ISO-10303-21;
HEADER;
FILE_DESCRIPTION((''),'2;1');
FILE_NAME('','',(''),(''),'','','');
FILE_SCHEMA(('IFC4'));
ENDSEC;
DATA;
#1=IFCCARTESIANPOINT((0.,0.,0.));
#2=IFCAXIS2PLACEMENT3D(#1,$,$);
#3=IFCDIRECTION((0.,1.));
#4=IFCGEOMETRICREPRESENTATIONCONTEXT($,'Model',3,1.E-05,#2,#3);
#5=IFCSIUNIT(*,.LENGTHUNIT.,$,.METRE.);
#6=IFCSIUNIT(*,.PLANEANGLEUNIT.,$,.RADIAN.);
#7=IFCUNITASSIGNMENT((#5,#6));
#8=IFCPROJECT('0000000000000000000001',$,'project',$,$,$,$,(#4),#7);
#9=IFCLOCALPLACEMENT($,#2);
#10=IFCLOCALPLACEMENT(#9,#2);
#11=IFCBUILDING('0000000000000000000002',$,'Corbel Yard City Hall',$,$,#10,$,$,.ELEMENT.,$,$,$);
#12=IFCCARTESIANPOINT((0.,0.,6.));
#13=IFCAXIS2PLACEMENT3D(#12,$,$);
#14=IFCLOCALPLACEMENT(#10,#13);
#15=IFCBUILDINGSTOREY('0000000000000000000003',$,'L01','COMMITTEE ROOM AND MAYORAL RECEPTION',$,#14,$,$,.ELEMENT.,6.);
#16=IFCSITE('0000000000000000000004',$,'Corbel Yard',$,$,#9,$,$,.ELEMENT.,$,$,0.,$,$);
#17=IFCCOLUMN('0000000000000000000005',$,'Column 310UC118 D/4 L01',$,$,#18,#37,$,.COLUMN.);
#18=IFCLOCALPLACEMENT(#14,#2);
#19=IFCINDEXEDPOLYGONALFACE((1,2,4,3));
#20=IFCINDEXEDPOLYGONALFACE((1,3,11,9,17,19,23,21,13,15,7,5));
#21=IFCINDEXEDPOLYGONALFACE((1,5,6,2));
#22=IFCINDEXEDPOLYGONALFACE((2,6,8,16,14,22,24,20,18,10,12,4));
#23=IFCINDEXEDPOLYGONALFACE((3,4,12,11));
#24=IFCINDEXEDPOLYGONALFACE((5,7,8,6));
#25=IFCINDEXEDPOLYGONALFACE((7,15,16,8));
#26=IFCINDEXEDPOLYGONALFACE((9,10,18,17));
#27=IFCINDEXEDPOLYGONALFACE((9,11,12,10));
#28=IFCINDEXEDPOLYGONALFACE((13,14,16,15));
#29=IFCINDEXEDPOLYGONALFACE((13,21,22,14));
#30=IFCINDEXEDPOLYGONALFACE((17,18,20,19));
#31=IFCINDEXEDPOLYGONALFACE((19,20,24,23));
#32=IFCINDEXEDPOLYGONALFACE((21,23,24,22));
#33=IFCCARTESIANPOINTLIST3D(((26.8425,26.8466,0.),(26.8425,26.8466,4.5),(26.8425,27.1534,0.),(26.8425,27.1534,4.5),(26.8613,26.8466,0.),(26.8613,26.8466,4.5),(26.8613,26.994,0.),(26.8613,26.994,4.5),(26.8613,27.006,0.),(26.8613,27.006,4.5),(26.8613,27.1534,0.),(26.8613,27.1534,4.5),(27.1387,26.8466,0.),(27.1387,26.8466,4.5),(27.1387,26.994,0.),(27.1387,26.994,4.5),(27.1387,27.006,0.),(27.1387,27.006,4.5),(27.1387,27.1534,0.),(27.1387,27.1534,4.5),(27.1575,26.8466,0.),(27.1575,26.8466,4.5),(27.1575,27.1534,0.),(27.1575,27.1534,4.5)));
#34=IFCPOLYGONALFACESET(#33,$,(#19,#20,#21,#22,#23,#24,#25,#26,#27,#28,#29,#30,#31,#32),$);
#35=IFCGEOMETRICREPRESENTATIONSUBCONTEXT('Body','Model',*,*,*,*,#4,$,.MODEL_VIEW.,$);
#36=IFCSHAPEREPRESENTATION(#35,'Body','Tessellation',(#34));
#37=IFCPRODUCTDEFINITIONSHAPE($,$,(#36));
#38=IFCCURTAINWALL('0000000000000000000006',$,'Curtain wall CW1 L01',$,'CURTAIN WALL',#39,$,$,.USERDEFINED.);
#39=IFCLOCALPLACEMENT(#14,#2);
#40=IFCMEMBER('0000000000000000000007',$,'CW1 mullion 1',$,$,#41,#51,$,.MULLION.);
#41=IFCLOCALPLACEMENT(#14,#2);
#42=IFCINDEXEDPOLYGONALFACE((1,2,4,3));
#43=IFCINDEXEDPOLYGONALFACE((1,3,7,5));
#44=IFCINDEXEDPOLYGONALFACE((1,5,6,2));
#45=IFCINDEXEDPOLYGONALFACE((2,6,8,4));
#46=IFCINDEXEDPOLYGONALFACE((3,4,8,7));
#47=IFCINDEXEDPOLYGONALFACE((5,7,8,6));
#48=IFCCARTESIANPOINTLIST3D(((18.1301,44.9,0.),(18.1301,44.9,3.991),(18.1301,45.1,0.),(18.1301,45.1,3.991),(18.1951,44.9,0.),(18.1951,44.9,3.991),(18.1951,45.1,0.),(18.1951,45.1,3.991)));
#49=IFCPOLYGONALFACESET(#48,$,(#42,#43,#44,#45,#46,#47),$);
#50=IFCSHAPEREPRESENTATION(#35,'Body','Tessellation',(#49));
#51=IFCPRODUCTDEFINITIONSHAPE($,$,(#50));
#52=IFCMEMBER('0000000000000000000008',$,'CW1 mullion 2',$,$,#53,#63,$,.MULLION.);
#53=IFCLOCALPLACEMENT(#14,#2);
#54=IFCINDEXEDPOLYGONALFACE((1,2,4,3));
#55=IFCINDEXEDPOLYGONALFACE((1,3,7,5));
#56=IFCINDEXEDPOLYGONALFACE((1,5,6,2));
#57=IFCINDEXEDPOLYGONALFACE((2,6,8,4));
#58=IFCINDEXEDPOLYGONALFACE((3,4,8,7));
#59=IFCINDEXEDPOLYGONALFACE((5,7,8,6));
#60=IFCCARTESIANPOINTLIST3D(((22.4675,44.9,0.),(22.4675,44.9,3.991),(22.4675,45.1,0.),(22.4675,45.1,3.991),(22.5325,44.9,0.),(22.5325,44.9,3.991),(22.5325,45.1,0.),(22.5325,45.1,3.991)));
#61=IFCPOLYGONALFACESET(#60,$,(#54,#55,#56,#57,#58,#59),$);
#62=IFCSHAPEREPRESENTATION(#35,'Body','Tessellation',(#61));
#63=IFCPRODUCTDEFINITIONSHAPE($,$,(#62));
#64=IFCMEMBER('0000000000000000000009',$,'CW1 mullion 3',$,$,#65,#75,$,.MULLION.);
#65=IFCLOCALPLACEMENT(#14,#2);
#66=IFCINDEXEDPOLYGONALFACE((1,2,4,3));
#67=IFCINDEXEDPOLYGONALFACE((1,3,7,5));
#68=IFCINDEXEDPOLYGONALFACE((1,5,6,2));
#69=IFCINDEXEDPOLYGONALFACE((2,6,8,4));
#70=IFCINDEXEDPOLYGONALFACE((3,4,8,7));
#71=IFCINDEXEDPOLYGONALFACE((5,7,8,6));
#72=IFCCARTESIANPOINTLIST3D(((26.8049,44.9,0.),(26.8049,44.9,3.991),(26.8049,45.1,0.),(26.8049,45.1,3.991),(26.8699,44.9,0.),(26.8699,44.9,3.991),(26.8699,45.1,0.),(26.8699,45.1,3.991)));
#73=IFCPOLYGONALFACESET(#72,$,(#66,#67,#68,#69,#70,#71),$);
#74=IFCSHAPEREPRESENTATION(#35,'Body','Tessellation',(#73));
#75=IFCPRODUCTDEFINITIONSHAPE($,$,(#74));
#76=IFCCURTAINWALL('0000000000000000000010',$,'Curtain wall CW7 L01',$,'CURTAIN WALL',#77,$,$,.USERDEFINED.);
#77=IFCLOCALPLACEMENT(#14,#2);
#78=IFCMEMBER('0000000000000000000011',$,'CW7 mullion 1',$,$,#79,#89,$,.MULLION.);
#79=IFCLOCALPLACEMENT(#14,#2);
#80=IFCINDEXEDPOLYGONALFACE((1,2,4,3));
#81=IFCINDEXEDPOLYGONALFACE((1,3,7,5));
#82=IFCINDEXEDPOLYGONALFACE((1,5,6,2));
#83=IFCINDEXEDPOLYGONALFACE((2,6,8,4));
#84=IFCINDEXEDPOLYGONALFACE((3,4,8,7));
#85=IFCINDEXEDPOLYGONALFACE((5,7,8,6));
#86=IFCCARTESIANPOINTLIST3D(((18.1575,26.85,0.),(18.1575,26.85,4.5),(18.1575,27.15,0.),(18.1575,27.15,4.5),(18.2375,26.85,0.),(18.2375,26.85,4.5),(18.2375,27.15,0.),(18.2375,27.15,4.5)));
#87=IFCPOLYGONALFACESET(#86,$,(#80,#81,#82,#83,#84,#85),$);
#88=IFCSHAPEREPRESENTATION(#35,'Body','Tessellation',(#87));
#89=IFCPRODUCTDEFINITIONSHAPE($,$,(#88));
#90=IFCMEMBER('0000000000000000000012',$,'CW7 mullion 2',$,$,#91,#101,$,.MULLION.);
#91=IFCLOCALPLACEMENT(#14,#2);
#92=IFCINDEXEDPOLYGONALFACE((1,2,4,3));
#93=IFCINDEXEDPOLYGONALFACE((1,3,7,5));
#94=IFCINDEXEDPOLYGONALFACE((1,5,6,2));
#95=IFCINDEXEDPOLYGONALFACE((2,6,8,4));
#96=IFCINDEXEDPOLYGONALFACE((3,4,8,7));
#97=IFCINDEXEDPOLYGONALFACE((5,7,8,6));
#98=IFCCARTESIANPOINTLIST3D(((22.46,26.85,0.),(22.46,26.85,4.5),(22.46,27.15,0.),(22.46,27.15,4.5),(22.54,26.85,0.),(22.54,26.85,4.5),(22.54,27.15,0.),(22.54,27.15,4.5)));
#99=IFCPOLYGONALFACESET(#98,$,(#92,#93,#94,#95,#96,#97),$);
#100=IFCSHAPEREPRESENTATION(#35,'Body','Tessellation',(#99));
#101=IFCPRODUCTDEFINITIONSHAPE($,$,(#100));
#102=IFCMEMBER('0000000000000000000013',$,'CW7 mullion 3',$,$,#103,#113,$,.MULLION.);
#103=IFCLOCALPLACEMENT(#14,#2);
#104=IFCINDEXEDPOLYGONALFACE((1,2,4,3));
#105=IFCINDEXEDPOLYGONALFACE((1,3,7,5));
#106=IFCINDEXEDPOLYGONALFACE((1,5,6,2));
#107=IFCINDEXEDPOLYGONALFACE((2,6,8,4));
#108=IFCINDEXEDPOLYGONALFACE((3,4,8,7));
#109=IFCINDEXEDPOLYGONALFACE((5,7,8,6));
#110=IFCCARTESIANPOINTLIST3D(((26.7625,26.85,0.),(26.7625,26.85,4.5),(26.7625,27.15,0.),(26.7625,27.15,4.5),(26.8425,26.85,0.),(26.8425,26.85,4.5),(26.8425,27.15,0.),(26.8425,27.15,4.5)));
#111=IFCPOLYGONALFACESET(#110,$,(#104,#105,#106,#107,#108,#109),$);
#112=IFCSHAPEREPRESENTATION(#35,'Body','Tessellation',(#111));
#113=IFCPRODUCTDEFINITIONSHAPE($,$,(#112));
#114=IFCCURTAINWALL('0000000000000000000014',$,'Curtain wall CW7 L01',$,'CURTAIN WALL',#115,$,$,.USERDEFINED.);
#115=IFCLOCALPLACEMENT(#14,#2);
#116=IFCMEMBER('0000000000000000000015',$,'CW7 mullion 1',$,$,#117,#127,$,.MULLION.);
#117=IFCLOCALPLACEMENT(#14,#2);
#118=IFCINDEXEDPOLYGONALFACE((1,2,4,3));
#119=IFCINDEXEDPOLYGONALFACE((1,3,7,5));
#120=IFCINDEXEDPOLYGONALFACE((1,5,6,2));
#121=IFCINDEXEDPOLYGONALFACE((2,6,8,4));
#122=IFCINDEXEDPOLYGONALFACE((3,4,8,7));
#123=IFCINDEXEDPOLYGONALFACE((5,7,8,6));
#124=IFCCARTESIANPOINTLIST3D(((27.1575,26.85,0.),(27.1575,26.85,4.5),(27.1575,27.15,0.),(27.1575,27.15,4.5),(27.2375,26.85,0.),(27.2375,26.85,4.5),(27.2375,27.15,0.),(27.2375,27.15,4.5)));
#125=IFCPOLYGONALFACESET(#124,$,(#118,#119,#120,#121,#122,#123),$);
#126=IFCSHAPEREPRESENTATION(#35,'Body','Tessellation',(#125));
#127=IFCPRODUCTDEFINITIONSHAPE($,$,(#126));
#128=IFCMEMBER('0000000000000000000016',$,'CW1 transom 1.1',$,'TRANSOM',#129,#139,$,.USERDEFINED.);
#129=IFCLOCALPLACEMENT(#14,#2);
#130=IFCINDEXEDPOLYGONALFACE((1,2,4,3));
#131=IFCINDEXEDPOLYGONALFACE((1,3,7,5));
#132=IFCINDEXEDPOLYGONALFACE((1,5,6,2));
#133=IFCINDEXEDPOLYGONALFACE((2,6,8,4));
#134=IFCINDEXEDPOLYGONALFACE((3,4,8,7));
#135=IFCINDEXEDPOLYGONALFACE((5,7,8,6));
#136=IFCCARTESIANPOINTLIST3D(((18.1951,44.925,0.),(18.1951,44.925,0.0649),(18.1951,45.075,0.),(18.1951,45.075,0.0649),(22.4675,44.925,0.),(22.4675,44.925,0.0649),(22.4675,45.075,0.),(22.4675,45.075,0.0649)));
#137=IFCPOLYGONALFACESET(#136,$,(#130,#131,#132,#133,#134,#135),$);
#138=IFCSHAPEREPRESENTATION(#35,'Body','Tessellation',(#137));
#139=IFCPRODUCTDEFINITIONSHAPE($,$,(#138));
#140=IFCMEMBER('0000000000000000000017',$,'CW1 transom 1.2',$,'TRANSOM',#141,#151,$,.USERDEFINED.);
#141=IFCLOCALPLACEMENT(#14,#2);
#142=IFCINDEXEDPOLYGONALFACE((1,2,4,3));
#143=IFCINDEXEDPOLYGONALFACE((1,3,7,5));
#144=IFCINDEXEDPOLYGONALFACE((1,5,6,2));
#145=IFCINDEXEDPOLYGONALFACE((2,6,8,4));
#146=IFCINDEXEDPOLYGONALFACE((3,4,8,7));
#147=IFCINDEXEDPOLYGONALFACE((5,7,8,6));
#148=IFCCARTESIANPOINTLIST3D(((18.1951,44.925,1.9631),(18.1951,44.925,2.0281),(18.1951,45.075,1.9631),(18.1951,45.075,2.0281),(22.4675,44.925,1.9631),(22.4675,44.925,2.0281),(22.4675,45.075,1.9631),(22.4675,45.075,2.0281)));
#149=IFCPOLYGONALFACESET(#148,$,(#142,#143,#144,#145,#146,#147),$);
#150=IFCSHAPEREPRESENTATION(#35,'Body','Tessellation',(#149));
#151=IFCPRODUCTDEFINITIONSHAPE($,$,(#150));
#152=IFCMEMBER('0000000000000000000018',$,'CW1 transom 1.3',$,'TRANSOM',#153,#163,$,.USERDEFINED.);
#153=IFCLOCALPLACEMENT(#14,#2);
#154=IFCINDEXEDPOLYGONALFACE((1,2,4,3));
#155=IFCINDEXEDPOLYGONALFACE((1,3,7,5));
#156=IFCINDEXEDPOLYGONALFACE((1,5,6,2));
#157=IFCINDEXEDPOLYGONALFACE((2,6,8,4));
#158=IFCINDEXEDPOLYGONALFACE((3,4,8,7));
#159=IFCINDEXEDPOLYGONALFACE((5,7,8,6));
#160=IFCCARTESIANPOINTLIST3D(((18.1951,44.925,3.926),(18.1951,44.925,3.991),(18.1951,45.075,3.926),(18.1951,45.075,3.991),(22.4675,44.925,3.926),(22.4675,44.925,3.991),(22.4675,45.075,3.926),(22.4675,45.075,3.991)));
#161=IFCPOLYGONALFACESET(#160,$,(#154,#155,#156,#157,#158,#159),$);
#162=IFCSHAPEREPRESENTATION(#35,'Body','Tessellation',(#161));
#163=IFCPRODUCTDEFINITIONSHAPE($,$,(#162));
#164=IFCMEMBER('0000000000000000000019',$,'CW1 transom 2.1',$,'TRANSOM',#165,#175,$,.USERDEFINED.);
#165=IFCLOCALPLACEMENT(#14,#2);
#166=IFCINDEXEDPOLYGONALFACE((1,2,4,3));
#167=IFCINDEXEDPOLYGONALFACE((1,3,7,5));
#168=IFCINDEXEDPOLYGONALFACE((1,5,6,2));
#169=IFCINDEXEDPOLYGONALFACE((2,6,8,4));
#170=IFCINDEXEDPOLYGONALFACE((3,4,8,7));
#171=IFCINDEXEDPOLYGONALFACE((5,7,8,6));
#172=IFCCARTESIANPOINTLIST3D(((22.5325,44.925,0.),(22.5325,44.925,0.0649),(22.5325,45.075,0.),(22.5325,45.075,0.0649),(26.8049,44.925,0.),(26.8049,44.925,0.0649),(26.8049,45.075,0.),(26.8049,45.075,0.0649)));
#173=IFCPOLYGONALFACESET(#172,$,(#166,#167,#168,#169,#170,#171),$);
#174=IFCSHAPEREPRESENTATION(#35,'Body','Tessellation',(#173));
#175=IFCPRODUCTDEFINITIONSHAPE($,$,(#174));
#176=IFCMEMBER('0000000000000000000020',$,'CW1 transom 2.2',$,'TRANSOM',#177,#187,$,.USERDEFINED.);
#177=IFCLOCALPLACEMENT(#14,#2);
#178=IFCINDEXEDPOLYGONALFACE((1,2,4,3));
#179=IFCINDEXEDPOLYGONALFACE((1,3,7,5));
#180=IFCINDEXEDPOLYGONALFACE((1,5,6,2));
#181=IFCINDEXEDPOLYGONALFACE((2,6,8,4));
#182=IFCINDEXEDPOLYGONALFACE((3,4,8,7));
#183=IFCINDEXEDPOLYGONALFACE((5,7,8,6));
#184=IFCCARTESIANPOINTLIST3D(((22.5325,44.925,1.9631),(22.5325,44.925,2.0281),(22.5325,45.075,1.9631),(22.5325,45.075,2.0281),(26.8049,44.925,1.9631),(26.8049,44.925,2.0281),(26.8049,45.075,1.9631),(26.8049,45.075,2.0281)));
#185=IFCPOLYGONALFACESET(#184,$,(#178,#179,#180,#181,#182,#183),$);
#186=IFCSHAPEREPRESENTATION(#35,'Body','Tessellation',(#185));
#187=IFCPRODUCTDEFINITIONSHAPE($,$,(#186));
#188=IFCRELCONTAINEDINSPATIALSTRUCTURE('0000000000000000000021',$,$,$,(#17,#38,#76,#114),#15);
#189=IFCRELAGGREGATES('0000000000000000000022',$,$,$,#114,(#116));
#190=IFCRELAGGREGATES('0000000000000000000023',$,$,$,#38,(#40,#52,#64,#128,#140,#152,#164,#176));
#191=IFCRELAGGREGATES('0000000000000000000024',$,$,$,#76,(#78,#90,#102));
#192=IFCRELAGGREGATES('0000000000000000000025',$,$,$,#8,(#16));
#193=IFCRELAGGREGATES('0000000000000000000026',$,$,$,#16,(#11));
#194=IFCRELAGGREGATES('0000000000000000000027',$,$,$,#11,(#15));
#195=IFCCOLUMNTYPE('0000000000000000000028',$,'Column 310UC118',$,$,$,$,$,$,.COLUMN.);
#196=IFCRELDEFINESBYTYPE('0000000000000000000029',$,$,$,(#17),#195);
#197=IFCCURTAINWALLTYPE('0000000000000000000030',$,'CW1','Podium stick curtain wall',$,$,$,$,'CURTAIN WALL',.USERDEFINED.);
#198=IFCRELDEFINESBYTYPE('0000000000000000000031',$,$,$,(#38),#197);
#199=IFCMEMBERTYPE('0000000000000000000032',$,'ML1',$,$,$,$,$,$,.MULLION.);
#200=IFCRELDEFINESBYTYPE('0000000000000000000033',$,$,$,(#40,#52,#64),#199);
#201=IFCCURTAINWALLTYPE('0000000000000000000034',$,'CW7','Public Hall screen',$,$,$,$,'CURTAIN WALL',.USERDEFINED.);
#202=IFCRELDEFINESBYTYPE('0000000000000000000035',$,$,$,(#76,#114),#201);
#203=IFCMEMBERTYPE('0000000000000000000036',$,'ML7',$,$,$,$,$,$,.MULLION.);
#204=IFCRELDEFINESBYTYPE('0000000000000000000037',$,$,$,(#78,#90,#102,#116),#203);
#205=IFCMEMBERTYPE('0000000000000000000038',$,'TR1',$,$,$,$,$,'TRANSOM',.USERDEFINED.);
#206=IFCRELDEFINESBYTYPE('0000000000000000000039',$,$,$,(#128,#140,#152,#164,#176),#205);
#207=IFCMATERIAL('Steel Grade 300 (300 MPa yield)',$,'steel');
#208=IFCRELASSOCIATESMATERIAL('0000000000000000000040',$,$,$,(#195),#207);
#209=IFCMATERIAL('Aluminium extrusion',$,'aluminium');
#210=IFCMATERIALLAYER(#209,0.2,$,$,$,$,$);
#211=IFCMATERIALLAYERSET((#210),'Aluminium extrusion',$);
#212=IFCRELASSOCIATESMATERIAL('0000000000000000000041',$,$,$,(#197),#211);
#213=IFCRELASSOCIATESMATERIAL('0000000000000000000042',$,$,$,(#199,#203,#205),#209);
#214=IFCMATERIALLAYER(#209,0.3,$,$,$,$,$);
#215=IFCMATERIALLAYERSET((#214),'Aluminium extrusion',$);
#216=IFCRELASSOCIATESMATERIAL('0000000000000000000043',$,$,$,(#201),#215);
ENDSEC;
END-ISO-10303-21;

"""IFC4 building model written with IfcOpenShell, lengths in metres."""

from ifc_helpers import new_model, si_unit, direction, frame, origin, origin_2d, place, context, subcontext, project, spatial, rectangle, i_section, extrude, material, layer, layer_set, material_profile, profile_set, type_object, element, aggregate, save


model = new_model("IFC4")

# Units and contexts
model_context = context("Model", 3, precision=1e-05, world=origin(), true_north=direction((0.0, 1.0)))
body_context = subcontext(model_context, "Body", "Model", "MODEL_VIEW")
ifc_project = project(units=[si_unit("LENGTHUNIT", "METRE"), si_unit("PLANEANGLEUNIT", "RADIAN")], contexts=[model_context])

# Site, building, storey
site_placement = place(None, origin())
site = spatial("IfcSite", under=ifc_project, at=site_placement, Name="Corbel Yard", CompositionType="ELEMENT", RefElevation=0.0)
building_placement = place(site_placement, origin())
building = spatial("IfcBuilding", under=site, at=building_placement, Name="Corbel Yard City Hall", CompositionType="ELEMENT")
storey_placement = place(building_placement, frame((0.0, 0.0, 6.0)))
storey = spatial("IfcBuildingStorey", under=building, at=storey_placement, Name="L01", Description="COMMITTEE ROOM AND MAYORAL RECEPTION", CompositionType="ELEMENT", Elevation=6.0)

# Column
ifc_material_1 = material(Name="Steel Grade 300 (300 MPa yield)", Category="steel")
ifc_material_profile_1 = material_profile(ifc_material_1, i_section(OverallWidth=0.3069, OverallDepth=0.3149, WebThickness=0.012, FlangeThickness=0.0188, at=origin_2d()), Name="310UC118")
ifc_profile_set_1 = profile_set([ifc_material_profile_1], Name="Steel Grade 300 (300 MPa yield)")
column_type = type_object("IfcColumnType", Name="Column 310UC118", PredefinedType="COLUMN", material=ifc_profile_set_1)
column_placement = place(storey_placement, frame((27.0, 27.0, 0.0), z_axis=(0.0, 0.0, 1.0), x_axis=(0.0, 1.0, 0.0)))
element("IfcColumn", 1, at=column_placement, inside=storey, type_object=column_type, Name="Column 310UC118 D/4 L01", PredefinedType="COLUMN", context=body_context, shape_type="SweptSolid", body=[
    extrude(i_section(OverallWidth=0.3069, OverallDepth=0.3149, WebThickness=0.012, FlangeThickness=0.0188, at=origin_2d()), origin(), (0.0, 0.0, 1.0), 4.5),
])

# Curtain walls, members
ifc_material_2 = material(Name="Aluminium extrusion", Category="aluminium")
ifc_layer_1 = layer(ifc_material_2, 0.2)
ifc_layer_set_1 = layer_set([ifc_layer_1], Name="Aluminium extrusion")
curtain_wall_type_1 = type_object("IfcCurtainWallType", Name="CW1", Description="Podium stick curtain wall", ElementType="CURTAIN WALL", PredefinedType="USERDEFINED", material=ifc_layer_set_1)
curtain_wall_1_placement = place(storey_placement, origin())
curtain_wall_1 = element("IfcCurtainWall", 2, at=curtain_wall_1_placement, inside=storey, type_object=curtain_wall_type_1, Name="Curtain wall CW1 L01", ObjectType="CURTAIN WALL", PredefinedType="USERDEFINED")
ifc_material_profile_2 = material_profile(ifc_material_2, rectangle(XDim=0.2, YDim=0.0649, at=origin_2d()), Name="200x65")
ifc_profile_set_2 = profile_set([ifc_material_profile_2], Name="Aluminium extrusion")
member_type_1 = type_object("IfcMemberType", Name="ML1", PredefinedType="MULLION", material=ifc_profile_set_2)
member_1_placement = place(storey_placement, frame((18.1626, 45.0, 0.0), z_axis=(0.0, 0.0, 1.0), x_axis=(0.0, 1.0, 0.0)))
member_1 = element("IfcMember", 3, at=member_1_placement, type_object=member_type_1, Name="CW1 mullion 1", PredefinedType="MULLION", context=body_context, shape_type="SweptSolid", body=[
    extrude(rectangle(XDim=0.2, YDim=0.0649, at=origin_2d()), origin(), (0.0, 0.0, 1.0), 3.991),
])
member_2_placement = place(storey_placement, frame((22.5, 45.0, 0.0), z_axis=(0.0, 0.0, 1.0), x_axis=(0.0, 1.0, 0.0)))
member_2 = element("IfcMember", 4, at=member_2_placement, type_object=member_type_1, Name="CW1 mullion 2", PredefinedType="MULLION", context=body_context, shape_type="SweptSolid", body=[
    extrude(rectangle(XDim=0.2, YDim=0.0649, at=origin_2d()), origin(), (0.0, 0.0, 1.0), 3.991),
])
member_3_placement = place(storey_placement, frame((26.8374, 45.0, 0.0), z_axis=(0.0, 0.0, 1.0), x_axis=(0.0, 1.0, 0.0)))
member_3 = element("IfcMember", 5, at=member_3_placement, type_object=member_type_1, Name="CW1 mullion 3", PredefinedType="MULLION", context=body_context, shape_type="SweptSolid", body=[
    extrude(rectangle(XDim=0.2, YDim=0.0649, at=origin_2d()), origin(), (0.0, 0.0, 1.0), 3.991),
])
ifc_layer_2 = layer(ifc_material_2, 0.3)
ifc_layer_set_2 = layer_set([ifc_layer_2], Name="Aluminium extrusion")
curtain_wall_type_2 = type_object("IfcCurtainWallType", Name="CW7", Description="Public Hall screen", ElementType="CURTAIN WALL", PredefinedType="USERDEFINED", material=ifc_layer_set_2)
curtain_wall_2_placement = place(storey_placement, origin())
curtain_wall_2 = element("IfcCurtainWall", 6, at=curtain_wall_2_placement, inside=storey, type_object=curtain_wall_type_2, Name="Curtain wall CW7 L01", ObjectType="CURTAIN WALL", PredefinedType="USERDEFINED")
ifc_material_profile_3 = material_profile(ifc_material_2, rectangle(XDim=0.3, YDim=0.0801, at=origin_2d()), Name="300x80")
ifc_profile_set_3 = profile_set([ifc_material_profile_3], Name="Aluminium extrusion")
member_type_2 = type_object("IfcMemberType", Name="ML7", PredefinedType="MULLION", material=ifc_profile_set_3)
member_4_placement = place(storey_placement, frame((18.1975, 27.0, 0.0), z_axis=(0.0, 0.0, 1.0), x_axis=(0.0, 1.0, 0.0)))
member_4 = element("IfcMember", 7, at=member_4_placement, type_object=member_type_2, Name="CW7 mullion 1", PredefinedType="MULLION", context=body_context, shape_type="SweptSolid", body=[
    extrude(rectangle(XDim=0.3, YDim=0.0801, at=origin_2d()), origin(), (0.0, 0.0, 1.0), 4.5),
])
member_5_placement = place(storey_placement, frame((22.5, 27.0, 0.0), z_axis=(0.0, 0.0, 1.0), x_axis=(0.0, 1.0, 0.0)))
member_5 = element("IfcMember", 8, at=member_5_placement, type_object=member_type_2, Name="CW7 mullion 2", PredefinedType="MULLION", context=body_context, shape_type="SweptSolid", body=[
    extrude(rectangle(XDim=0.3, YDim=0.0801, at=origin_2d()), origin(), (0.0, 0.0, 1.0), 4.5),
])
member_6_placement = place(storey_placement, frame((26.8025, 27.0, 0.0), z_axis=(0.0, 0.0, 1.0), x_axis=(0.0, 1.0, 0.0)))
member_6 = element("IfcMember", 9, at=member_6_placement, type_object=member_type_2, Name="CW7 mullion 3", PredefinedType="MULLION", context=body_context, shape_type="SweptSolid", body=[
    extrude(rectangle(XDim=0.3, YDim=0.0801, at=origin_2d()), origin(), (0.0, 0.0, 1.0), 4.5),
])

# Curtain wall, member
curtain_wall_3_placement = place(storey_placement, origin())
curtain_wall_3 = element("IfcCurtainWall", 10, at=curtain_wall_3_placement, inside=storey, type_object=curtain_wall_type_2, Name="Curtain wall CW7 L01", ObjectType="CURTAIN WALL", PredefinedType="USERDEFINED")
member_7_placement = place(storey_placement, frame((27.1975, 27.0, 0.0), z_axis=(0.0, 0.0, 1.0), x_axis=(0.0, 1.0, 0.0)))
member_7 = element("IfcMember", 11, at=member_7_placement, type_object=member_type_2, Name="CW7 mullion 1", PredefinedType="MULLION", context=body_context, shape_type="SweptSolid", body=[
    extrude(rectangle(XDim=0.3, YDim=0.0801, at=origin_2d()), origin(), (0.0, 0.0, 1.0), 4.5),
])

# Members
ifc_material_profile_4 = material_profile(ifc_material_2, rectangle(XDim=0.1499, YDim=0.0649, at=origin_2d()), Name="150x65")
ifc_profile_set_4 = profile_set([ifc_material_profile_4], Name="Aluminium extrusion")
member_type_3 = type_object("IfcMemberType", Name="TR1", ElementType="TRANSOM", PredefinedType="USERDEFINED", material=ifc_profile_set_4)
member_8_placement = place(storey_placement, frame((18.1951, 45.0, 0.0325), z_axis=(1.0, 0.0, 0.0), x_axis=(0.0, 1.0, 0.0)))
member_8 = element("IfcMember", 12, at=member_8_placement, type_object=member_type_3, Name="CW1 transom 1.1", ObjectType="TRANSOM", PredefinedType="USERDEFINED", context=body_context, shape_type="SweptSolid", body=[
    extrude(rectangle(XDim=0.1499, YDim=0.0649, at=origin_2d()), origin(), (0.0, 0.0, 1.0), 4.2725),
])
member_9_placement = place(storey_placement, frame((18.1951, 45.0, 1.9956), z_axis=(1.0, 0.0, 0.0), x_axis=(0.0, 1.0, 0.0)))
member_9 = element("IfcMember", 13, at=member_9_placement, type_object=member_type_3, Name="CW1 transom 1.2", ObjectType="TRANSOM", PredefinedType="USERDEFINED", context=body_context, shape_type="SweptSolid", body=[
    extrude(rectangle(XDim=0.1499, YDim=0.0649, at=origin_2d()), origin(), (0.0, 0.0, 1.0), 4.2725),
])
member_10_placement = place(storey_placement, frame((18.1951, 45.0, 3.9585), z_axis=(1.0, 0.0, 0.0), x_axis=(0.0, 1.0, 0.0)))
member_10 = element("IfcMember", 14, at=member_10_placement, type_object=member_type_3, Name="CW1 transom 1.3", ObjectType="TRANSOM", PredefinedType="USERDEFINED", context=body_context, shape_type="SweptSolid", body=[
    extrude(rectangle(XDim=0.1499, YDim=0.0649, at=origin_2d()), origin(), (0.0, 0.0, 1.0), 4.2725),
])
member_11_placement = place(storey_placement, frame((22.5325, 45.0, 0.0325), z_axis=(1.0, 0.0, 0.0), x_axis=(0.0, 1.0, 0.0)))
member_11 = element("IfcMember", 15, at=member_11_placement, type_object=member_type_3, Name="CW1 transom 2.1", ObjectType="TRANSOM", PredefinedType="USERDEFINED", context=body_context, shape_type="SweptSolid", body=[
    extrude(rectangle(XDim=0.1499, YDim=0.0649, at=origin_2d()), origin(), (0.0, 0.0, 1.0), 4.2725),
])
member_12_placement = place(storey_placement, frame((22.5325, 45.0, 1.9956), z_axis=(1.0, 0.0, 0.0), x_axis=(0.0, 1.0, 0.0)))
member_12 = element("IfcMember", 16, at=member_12_placement, type_object=member_type_3, Name="CW1 transom 2.2", ObjectType="TRANSOM", PredefinedType="USERDEFINED", context=body_context, shape_type="SweptSolid", body=[
    extrude(rectangle(XDim=0.1499, YDim=0.0649, at=origin_2d()), origin(), (0.0, 0.0, 1.0), 4.2725),
])
aggregate(curtain_wall_3, [member_7])

aggregate(curtain_wall_1, [member_1, member_2, member_3, member_8, member_9, member_10, member_11, member_12])
aggregate(curtain_wall_2, [member_4, member_5, member_6])

save(model, "model.ifc")
